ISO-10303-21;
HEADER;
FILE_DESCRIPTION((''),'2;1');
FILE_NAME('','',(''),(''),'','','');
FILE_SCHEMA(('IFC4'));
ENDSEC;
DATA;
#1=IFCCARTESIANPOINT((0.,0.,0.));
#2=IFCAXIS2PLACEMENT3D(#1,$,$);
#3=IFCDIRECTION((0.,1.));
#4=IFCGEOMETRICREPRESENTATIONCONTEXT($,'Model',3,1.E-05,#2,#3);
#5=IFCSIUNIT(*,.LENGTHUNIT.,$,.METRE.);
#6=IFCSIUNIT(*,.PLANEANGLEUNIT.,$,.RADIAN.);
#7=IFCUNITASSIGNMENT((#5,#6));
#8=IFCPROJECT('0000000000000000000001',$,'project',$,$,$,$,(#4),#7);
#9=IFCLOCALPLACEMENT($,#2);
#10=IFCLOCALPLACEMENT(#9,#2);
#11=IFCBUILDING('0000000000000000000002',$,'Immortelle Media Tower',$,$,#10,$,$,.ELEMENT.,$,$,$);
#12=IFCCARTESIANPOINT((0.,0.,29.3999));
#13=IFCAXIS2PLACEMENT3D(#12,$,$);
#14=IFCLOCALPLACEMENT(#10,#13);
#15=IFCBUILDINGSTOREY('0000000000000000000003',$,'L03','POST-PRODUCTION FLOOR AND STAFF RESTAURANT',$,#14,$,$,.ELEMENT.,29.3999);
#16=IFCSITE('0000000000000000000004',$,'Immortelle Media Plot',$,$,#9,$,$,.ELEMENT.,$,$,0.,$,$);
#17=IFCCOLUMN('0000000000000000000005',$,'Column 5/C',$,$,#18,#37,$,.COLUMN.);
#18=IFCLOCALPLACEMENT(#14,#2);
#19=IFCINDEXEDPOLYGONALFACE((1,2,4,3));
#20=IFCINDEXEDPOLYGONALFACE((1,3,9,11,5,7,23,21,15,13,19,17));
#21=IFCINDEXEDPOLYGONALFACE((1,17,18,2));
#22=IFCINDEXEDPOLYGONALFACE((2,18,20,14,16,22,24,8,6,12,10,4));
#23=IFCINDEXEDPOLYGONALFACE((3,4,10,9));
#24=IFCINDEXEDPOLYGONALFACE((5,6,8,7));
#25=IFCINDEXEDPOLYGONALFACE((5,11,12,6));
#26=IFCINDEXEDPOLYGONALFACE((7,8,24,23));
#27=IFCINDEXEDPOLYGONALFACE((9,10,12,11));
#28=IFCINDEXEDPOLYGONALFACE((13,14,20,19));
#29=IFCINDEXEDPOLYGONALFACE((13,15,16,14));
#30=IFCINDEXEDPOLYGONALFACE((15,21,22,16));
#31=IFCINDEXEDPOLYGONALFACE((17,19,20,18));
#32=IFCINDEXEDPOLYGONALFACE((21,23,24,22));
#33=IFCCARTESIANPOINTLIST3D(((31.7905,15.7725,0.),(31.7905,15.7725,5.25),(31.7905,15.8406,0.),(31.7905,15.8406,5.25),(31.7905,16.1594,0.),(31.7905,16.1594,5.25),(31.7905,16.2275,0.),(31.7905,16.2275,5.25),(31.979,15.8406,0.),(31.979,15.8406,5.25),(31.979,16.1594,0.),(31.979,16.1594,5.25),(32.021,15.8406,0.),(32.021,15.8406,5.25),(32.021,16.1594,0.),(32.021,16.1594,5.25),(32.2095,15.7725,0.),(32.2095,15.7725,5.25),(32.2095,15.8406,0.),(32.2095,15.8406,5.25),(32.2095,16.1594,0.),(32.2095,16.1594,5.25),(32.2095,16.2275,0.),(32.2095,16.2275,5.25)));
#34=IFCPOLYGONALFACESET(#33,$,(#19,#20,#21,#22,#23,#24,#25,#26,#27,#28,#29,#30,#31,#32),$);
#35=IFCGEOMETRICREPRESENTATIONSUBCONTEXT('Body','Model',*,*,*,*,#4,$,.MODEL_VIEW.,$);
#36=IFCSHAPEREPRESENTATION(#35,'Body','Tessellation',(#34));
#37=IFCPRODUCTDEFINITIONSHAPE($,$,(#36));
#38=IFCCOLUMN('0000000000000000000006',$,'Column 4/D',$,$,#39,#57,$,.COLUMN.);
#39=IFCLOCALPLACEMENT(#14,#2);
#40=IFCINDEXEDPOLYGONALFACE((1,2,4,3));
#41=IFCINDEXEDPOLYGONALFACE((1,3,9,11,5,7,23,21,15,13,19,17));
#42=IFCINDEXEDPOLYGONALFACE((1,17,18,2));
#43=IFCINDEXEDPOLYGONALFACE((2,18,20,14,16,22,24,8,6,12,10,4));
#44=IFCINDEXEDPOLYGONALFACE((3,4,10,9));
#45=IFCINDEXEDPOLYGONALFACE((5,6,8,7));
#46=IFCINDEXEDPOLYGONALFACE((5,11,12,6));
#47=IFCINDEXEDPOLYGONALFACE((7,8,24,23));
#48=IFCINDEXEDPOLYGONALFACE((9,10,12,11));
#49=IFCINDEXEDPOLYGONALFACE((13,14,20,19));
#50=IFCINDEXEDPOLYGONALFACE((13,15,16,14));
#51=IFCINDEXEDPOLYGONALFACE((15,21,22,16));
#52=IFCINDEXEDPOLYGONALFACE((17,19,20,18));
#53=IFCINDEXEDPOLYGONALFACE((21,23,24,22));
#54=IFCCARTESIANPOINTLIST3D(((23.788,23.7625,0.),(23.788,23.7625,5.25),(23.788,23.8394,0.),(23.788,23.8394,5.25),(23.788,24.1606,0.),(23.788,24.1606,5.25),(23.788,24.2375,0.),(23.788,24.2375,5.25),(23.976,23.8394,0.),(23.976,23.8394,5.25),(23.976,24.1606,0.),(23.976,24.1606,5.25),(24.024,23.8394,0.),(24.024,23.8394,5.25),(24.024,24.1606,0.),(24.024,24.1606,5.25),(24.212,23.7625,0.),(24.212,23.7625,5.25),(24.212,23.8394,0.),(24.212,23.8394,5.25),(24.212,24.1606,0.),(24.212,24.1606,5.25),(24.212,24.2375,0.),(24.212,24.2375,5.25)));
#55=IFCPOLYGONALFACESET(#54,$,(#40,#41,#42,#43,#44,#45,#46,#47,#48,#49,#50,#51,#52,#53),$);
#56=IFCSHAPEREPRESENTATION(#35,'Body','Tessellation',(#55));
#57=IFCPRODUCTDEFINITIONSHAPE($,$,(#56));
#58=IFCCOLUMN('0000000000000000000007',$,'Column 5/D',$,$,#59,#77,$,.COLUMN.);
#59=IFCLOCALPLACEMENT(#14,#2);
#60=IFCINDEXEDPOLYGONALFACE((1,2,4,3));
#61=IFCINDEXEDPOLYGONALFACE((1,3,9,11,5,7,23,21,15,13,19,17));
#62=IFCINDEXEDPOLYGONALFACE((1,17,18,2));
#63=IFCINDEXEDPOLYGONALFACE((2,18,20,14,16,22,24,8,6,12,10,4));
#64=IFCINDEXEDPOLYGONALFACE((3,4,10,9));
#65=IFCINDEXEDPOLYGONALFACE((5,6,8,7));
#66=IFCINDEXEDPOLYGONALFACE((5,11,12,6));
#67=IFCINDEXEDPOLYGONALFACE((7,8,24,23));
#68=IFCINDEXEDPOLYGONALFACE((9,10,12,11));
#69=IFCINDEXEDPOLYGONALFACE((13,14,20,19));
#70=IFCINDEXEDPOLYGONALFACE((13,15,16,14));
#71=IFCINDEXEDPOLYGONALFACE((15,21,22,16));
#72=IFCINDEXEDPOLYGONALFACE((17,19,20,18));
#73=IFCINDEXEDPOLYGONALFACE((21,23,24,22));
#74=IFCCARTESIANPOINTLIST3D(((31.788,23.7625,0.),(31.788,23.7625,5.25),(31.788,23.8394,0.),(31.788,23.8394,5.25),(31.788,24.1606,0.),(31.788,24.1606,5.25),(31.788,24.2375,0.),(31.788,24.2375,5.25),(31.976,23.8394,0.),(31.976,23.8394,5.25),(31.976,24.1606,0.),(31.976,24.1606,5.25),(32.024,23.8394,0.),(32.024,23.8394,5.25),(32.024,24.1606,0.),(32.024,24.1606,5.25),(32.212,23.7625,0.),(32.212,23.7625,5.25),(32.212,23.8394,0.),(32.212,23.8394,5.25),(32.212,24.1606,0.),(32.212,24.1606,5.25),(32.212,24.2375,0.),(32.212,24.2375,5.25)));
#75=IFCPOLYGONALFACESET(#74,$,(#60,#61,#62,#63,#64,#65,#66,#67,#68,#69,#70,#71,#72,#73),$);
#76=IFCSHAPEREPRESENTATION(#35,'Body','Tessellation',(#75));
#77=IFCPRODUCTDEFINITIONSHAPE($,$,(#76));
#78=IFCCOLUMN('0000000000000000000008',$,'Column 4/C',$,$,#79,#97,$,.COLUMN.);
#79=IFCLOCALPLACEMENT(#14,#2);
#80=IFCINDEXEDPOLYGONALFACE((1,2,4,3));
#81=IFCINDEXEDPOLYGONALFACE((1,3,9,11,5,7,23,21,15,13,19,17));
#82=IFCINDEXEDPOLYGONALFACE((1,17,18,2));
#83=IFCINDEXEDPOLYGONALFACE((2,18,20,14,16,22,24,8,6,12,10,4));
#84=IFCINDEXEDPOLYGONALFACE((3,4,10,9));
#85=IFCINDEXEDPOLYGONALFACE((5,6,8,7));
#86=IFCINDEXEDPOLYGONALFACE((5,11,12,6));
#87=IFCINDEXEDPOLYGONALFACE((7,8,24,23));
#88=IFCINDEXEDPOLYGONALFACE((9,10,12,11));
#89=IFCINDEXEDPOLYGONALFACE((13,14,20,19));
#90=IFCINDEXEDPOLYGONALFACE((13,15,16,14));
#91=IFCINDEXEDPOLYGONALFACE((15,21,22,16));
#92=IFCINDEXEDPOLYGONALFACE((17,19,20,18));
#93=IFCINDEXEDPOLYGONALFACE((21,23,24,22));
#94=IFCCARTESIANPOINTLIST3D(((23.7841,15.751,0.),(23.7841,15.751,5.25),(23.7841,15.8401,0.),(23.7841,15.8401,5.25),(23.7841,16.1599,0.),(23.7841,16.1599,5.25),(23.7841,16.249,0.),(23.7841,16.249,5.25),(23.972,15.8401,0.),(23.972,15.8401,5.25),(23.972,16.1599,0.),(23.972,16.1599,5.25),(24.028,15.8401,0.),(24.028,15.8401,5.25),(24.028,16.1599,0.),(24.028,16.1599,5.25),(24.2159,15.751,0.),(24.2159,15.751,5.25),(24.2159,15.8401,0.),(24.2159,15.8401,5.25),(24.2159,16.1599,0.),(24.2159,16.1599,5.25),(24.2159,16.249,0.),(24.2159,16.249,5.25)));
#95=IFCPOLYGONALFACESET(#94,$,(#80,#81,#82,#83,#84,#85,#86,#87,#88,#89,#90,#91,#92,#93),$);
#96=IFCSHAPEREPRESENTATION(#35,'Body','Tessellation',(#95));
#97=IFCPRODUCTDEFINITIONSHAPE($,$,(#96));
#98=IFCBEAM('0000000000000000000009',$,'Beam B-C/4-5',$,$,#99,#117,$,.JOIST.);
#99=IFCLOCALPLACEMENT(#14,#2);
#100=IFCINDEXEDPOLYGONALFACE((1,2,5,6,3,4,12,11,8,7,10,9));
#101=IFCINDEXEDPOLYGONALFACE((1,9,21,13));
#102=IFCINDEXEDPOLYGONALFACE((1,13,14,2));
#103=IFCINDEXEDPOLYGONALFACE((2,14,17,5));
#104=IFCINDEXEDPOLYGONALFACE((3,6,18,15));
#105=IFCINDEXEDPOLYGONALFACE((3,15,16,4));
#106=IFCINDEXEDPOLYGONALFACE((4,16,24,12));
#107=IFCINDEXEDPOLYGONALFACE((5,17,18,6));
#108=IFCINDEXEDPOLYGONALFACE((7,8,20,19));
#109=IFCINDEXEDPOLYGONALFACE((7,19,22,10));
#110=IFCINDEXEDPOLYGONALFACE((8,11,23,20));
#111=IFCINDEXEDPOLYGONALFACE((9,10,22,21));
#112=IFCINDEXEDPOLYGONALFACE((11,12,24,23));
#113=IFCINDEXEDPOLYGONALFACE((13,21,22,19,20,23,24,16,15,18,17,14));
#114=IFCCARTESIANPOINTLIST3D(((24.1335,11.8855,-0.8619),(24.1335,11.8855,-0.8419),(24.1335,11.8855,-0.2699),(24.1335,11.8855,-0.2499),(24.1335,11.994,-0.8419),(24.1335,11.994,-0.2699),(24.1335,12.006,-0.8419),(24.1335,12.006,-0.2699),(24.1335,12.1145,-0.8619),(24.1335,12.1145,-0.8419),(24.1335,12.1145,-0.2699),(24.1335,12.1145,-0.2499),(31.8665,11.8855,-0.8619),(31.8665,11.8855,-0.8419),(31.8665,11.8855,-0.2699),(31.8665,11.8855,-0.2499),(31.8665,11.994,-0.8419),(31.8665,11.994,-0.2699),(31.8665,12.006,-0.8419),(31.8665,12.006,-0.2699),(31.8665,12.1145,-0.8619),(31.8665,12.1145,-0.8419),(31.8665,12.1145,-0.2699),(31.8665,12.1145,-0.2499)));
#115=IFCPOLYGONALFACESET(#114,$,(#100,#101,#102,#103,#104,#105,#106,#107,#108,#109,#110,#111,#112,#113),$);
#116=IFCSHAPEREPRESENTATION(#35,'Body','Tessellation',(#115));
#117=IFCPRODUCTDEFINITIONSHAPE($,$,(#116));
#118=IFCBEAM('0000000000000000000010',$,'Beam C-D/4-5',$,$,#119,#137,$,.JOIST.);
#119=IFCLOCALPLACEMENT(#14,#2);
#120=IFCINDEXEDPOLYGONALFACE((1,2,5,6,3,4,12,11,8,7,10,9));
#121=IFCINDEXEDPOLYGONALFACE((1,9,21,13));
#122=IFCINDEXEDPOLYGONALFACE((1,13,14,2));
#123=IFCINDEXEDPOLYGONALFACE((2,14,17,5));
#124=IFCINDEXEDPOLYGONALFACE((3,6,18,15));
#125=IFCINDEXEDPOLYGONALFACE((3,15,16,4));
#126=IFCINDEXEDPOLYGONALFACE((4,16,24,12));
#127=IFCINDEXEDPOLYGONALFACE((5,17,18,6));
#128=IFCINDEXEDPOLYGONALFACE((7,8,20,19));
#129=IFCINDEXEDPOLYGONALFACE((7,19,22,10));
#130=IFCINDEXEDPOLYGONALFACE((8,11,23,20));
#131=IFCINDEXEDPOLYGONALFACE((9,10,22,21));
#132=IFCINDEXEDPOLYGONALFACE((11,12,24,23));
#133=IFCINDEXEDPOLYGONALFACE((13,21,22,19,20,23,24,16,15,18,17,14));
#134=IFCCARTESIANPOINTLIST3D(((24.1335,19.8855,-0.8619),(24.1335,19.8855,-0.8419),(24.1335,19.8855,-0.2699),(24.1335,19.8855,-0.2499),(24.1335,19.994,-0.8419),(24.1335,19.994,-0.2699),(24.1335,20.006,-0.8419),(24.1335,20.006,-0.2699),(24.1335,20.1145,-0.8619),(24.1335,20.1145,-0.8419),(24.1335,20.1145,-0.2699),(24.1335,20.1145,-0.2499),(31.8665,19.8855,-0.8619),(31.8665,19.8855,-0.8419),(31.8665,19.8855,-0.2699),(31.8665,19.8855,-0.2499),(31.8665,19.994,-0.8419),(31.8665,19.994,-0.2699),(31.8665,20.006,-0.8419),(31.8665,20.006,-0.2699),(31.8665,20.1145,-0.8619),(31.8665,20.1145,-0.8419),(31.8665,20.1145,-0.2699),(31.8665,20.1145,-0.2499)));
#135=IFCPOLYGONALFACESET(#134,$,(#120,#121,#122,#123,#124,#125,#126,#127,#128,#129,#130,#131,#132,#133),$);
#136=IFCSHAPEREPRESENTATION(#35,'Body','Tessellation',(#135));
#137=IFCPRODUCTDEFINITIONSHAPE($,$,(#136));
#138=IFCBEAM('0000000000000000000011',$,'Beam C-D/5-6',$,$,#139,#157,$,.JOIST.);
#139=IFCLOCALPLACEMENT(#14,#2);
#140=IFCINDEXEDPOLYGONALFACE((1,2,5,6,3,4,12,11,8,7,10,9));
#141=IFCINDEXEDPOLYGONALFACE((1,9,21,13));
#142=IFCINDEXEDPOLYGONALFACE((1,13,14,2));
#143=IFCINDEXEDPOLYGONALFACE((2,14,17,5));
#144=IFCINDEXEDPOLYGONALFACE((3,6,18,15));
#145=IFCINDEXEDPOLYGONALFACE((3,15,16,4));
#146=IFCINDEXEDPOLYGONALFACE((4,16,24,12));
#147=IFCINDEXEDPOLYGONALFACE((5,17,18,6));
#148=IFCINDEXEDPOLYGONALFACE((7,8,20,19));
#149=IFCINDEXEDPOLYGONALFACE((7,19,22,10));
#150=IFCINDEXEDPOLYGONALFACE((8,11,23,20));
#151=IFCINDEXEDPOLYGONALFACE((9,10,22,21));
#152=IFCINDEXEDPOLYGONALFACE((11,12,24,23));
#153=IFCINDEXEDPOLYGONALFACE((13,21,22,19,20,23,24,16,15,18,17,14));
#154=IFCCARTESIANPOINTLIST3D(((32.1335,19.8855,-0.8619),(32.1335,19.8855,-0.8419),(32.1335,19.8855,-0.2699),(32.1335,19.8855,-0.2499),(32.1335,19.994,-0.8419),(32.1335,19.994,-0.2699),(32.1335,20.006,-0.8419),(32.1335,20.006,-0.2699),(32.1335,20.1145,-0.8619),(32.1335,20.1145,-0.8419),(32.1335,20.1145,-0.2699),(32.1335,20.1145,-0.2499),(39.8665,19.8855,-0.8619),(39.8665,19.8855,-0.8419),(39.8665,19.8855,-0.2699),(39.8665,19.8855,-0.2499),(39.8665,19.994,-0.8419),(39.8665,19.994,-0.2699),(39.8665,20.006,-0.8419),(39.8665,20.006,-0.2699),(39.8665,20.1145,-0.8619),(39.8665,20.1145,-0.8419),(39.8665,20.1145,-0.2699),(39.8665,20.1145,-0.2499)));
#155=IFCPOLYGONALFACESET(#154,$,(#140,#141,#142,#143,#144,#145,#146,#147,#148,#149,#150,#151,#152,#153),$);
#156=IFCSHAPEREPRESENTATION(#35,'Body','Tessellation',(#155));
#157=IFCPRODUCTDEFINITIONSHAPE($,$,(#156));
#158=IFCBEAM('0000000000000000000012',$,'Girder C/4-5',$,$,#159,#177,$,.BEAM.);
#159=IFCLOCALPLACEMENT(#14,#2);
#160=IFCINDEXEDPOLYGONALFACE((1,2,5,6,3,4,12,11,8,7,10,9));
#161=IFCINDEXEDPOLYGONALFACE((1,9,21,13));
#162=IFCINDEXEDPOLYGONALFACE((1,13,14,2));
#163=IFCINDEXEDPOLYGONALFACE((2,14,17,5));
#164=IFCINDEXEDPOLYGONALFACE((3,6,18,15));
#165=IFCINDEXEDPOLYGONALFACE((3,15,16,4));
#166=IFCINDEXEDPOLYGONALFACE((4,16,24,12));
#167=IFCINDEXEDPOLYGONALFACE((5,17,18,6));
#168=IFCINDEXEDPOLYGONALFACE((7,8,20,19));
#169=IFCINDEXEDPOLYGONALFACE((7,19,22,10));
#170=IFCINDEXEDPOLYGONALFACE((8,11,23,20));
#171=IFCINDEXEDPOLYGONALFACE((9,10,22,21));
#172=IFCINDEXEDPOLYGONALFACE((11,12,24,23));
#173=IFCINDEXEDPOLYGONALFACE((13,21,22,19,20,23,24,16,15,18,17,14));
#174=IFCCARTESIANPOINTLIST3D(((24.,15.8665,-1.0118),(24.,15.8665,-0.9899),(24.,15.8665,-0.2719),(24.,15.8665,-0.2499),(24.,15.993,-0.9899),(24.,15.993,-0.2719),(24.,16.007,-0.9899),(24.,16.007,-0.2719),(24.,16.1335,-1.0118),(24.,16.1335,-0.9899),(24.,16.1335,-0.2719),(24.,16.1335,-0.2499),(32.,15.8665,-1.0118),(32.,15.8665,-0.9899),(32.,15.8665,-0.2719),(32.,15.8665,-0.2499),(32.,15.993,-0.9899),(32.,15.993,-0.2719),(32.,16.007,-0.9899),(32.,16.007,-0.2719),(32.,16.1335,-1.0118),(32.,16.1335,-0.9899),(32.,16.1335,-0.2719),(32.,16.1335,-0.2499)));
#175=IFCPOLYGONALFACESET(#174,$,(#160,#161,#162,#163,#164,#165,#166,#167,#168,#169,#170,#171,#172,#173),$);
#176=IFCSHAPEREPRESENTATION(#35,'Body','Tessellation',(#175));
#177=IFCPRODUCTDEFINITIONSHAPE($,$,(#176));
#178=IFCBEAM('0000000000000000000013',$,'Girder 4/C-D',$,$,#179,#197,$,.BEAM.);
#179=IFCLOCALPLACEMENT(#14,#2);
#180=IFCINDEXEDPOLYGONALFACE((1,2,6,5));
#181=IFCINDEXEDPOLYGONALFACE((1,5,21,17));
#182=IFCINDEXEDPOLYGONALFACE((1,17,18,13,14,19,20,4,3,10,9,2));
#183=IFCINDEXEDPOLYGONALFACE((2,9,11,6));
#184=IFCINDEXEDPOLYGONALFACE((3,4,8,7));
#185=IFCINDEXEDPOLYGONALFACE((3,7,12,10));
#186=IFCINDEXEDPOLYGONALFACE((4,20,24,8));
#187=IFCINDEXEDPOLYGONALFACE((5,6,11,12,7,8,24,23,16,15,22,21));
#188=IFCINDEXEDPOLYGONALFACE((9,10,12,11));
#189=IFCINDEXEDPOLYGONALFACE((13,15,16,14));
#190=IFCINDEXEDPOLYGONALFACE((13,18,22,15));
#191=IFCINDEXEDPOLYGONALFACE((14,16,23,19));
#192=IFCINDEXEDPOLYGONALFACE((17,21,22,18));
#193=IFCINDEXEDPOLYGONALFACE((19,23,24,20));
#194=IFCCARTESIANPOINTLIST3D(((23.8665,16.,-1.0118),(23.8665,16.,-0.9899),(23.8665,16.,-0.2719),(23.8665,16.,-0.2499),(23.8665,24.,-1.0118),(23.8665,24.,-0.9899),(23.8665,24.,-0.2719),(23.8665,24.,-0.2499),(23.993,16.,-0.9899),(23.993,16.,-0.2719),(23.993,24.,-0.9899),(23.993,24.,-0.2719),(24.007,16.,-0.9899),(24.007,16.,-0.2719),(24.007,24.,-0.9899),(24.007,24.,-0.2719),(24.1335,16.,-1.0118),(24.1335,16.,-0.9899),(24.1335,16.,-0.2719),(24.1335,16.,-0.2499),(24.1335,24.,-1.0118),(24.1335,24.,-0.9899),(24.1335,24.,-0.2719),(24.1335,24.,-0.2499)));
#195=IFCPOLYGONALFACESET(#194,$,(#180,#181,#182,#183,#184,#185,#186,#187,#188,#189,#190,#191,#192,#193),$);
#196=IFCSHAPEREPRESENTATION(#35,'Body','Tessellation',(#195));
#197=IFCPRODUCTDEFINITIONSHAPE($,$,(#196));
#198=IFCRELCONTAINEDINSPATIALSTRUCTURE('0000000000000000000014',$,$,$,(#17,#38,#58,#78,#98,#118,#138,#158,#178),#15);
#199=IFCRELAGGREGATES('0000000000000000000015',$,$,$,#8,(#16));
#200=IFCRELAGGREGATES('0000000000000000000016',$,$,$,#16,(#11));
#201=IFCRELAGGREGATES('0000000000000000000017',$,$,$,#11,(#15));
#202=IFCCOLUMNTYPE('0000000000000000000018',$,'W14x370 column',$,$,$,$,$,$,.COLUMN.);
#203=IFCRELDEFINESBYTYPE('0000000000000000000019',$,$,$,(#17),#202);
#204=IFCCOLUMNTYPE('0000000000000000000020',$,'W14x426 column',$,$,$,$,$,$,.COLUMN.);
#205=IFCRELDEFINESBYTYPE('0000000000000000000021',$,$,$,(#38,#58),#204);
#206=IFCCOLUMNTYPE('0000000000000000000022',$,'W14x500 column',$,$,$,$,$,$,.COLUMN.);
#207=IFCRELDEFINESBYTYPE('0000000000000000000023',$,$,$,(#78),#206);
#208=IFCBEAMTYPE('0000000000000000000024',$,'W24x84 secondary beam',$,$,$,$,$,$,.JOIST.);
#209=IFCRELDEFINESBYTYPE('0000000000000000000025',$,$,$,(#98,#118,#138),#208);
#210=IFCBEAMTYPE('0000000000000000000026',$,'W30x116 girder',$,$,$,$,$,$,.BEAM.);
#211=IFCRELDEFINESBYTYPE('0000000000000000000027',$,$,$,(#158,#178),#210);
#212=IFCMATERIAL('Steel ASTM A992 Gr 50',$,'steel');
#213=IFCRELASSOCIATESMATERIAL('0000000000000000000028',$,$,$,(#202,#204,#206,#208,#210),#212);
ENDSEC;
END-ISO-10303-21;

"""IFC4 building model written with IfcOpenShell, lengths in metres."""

from ifc_helpers import new_model, si_unit, direction, frame, origin, origin_2d, place, context, subcontext, project, spatial, i_section, extrude, material, material_profile, profile_set, type_object, element, save


model = new_model("IFC4")

# Units and contexts
model_context = context("Model", 3, precision=1e-05, world=origin(), true_north=direction((0.0, 1.0)))
body_context = subcontext(model_context, "Body", "Model", "MODEL_VIEW")
ifc_project = project(units=[si_unit("LENGTHUNIT", "METRE"), si_unit("PLANEANGLEUNIT", "RADIAN")], contexts=[model_context])

# Site, building, storey
site_placement = place(None, origin())
site = spatial("IfcSite", under=ifc_project, at=site_placement, Name="Immortelle Media Plot", CompositionType="ELEMENT", RefElevation=0.0)
building_placement = place(site_placement, origin())
building = spatial("IfcBuilding", under=site, at=building_placement, Name="Immortelle Media Tower", CompositionType="ELEMENT")
storey_placement = place(building_placement, frame((0.0, 0.0, 29.3999)))
storey = spatial("IfcBuildingStorey", under=building, at=storey_placement, Name="L03", Description="POST-PRODUCTION FLOOR AND STAFF RESTAURANT", CompositionType="ELEMENT", Elevation=29.3999)

# Columns
ifc_material_1 = material(Name="Steel ASTM A992 Gr 50", Category="steel")
ifc_material_profile_1 = material_profile(ifc_material_1, i_section(OverallWidth=0.4189, OverallDepth=0.4551, WebThickness=0.042, FlangeThickness=0.0681, at=origin_2d()), Name="W14x370")
ifc_profile_set_1 = profile_set([ifc_material_profile_1], Name="Steel ASTM A992 Gr 50")
column_type_1 = type_object("IfcColumnType", Name="W14x370 column", PredefinedType="COLUMN", material=ifc_profile_set_1)
column_1_placement = place(storey_placement, frame((32.0, 16.0, 0.0), z_axis=(0.0, 0.0, 1.0), x_axis=(1.0, 0.0, 0.0)))
element("IfcColumn", 1, at=column_1_placement, inside=storey, type_object=column_type_1, Name="Column 5/C", PredefinedType="COLUMN", context=body_context, shape_type="SweptSolid", body=[
    extrude(i_section(OverallWidth=0.4189, OverallDepth=0.4551, WebThickness=0.042, FlangeThickness=0.0681, at=origin_2d()), origin(), (0.0, 0.0, 1.0), 5.25),
])
ifc_material_profile_2 = material_profile(ifc_material_1, i_section(OverallWidth=0.4241, OverallDepth=0.4751, WebThickness=0.0481, FlangeThickness=0.0769, at=origin_2d()), Name="W14x426")
ifc_profile_set_2 = profile_set([ifc_material_profile_2], Name="Steel ASTM A992 Gr 50")
column_type_2 = type_object("IfcColumnType", Name="W14x426 column", PredefinedType="COLUMN", material=ifc_profile_set_2)
for number, where, z_axis, x_axis, name in (
    (2, (24.0, 24.0, 0.0), (0.0, 0.0, 1.0), (1.0, 0.0, 0.0), "Column 4/D"),
    (3, (32.0, 24.0, 0.0), (0.0, 0.0, 1.0), (1.0, 0.0, 0.0), "Column 5/D"),
):
    element("IfcColumn", number, at=place(storey_placement, frame(where, z_axis=z_axis, x_axis=x_axis)), inside=storey, type_object=column_type_2, Name=name, PredefinedType="COLUMN", context=body_context, shape_type="SweptSolid", body=[
        extrude(i_section(OverallWidth=0.4241, OverallDepth=0.4751, WebThickness=0.0481, FlangeThickness=0.0769, at=origin_2d()), origin(), (0.0, 0.0, 1.0), 5.25),
    ])
ifc_material_profile_3 = material_profile(ifc_material_1, i_section(OverallWidth=0.4319, OverallDepth=0.498, WebThickness=0.0559, FlangeThickness=0.0891, at=origin_2d()), Name="W14x500")
ifc_profile_set_3 = profile_set([ifc_material_profile_3], Name="Steel ASTM A992 Gr 50")
column_type_3 = type_object("IfcColumnType", Name="W14x500 column", PredefinedType="COLUMN", material=ifc_profile_set_3)
column_2_placement = place(storey_placement, frame((24.0, 16.0, 0.0), z_axis=(0.0, 0.0, 1.0), x_axis=(1.0, 0.0, 0.0)))
element("IfcColumn", 4, at=column_2_placement, inside=storey, type_object=column_type_3, Name="Column 4/C", PredefinedType="COLUMN", context=body_context, shape_type="SweptSolid", body=[
    extrude(i_section(OverallWidth=0.4319, OverallDepth=0.498, WebThickness=0.0559, FlangeThickness=0.0891, at=origin_2d()), origin(), (0.0, 0.0, 1.0), 5.25),
])

# Beams
ifc_material_profile_4 = material_profile(ifc_material_1, i_section(OverallWidth=0.229, OverallDepth=0.6121, WebThickness=0.012, FlangeThickness=0.02, at=origin_2d()), Name="W24x84")
ifc_profile_set_4 = profile_set([ifc_material_profile_4], Name="Steel ASTM A992 Gr 50")
beam_type_1 = type_object("IfcBeamType", Name="W24x84 secondary beam", PredefinedType="JOIST", material=ifc_profile_set_4)
for number, where, z_axis, x_axis, name in (
    (5, (24.1335, 12.0, -0.5559), (1.0, 0.0, 0.0), (0.0, 1.0, 0.0), "Beam B-C/4-5"),
    (6, (24.1335, 20.0, -0.5559), (1.0, 0.0, 0.0), (0.0, 1.0, 0.0), "Beam C-D/4-5"),
    (7, (32.1335, 20.0, -0.5559), (1.0, 0.0, 0.0), (0.0, 1.0, 0.0), "Beam C-D/5-6"),
):
    element("IfcBeam", number, at=place(storey_placement, frame(where, z_axis=z_axis, x_axis=x_axis)), inside=storey, type_object=beam_type_1, Name=name, PredefinedType="JOIST", context=body_context, shape_type="SweptSolid", body=[
        extrude(i_section(OverallWidth=0.229, OverallDepth=0.6121, WebThickness=0.012, FlangeThickness=0.02, at=origin_2d()), origin(), (0.0, 0.0, 1.0), 7.7329),
    ])
ifc_material_profile_5 = material_profile(ifc_material_1, i_section(OverallWidth=0.2671, OverallDepth=0.762, WebThickness=0.0139, FlangeThickness=0.022, at=origin_2d()), Name="W30x116")
ifc_profile_set_5 = profile_set([ifc_material_profile_5], Name="Steel ASTM A992 Gr 50")
beam_type_2 = type_object("IfcBeamType", Name="W30x116 girder", PredefinedType="BEAM", material=ifc_profile_set_5)
for number, where, z_axis, x_axis, name in (
    (8, (24.0, 16.0, -0.6309), (1.0, 0.0, 0.0), (0.0, 1.0, 0.0), "Girder C/4-5"),
    (9, (24.0, 16.0, -0.6309), (0.0, 1.0, 0.0), (-1.0, 0.0, 0.0), "Girder 4/C-D"),
):
    element("IfcBeam", number, at=place(storey_placement, frame(where, z_axis=z_axis, x_axis=x_axis)), inside=storey, type_object=beam_type_2, Name=name, PredefinedType="BEAM", context=body_context, shape_type="SweptSolid", body=[
        extrude(i_section(OverallWidth=0.2671, OverallDepth=0.762, WebThickness=0.0139, FlangeThickness=0.022, at=origin_2d()), origin(), (0.0, 0.0, 1.0), 8.0),
    ])

save(model, "model.ifc")
